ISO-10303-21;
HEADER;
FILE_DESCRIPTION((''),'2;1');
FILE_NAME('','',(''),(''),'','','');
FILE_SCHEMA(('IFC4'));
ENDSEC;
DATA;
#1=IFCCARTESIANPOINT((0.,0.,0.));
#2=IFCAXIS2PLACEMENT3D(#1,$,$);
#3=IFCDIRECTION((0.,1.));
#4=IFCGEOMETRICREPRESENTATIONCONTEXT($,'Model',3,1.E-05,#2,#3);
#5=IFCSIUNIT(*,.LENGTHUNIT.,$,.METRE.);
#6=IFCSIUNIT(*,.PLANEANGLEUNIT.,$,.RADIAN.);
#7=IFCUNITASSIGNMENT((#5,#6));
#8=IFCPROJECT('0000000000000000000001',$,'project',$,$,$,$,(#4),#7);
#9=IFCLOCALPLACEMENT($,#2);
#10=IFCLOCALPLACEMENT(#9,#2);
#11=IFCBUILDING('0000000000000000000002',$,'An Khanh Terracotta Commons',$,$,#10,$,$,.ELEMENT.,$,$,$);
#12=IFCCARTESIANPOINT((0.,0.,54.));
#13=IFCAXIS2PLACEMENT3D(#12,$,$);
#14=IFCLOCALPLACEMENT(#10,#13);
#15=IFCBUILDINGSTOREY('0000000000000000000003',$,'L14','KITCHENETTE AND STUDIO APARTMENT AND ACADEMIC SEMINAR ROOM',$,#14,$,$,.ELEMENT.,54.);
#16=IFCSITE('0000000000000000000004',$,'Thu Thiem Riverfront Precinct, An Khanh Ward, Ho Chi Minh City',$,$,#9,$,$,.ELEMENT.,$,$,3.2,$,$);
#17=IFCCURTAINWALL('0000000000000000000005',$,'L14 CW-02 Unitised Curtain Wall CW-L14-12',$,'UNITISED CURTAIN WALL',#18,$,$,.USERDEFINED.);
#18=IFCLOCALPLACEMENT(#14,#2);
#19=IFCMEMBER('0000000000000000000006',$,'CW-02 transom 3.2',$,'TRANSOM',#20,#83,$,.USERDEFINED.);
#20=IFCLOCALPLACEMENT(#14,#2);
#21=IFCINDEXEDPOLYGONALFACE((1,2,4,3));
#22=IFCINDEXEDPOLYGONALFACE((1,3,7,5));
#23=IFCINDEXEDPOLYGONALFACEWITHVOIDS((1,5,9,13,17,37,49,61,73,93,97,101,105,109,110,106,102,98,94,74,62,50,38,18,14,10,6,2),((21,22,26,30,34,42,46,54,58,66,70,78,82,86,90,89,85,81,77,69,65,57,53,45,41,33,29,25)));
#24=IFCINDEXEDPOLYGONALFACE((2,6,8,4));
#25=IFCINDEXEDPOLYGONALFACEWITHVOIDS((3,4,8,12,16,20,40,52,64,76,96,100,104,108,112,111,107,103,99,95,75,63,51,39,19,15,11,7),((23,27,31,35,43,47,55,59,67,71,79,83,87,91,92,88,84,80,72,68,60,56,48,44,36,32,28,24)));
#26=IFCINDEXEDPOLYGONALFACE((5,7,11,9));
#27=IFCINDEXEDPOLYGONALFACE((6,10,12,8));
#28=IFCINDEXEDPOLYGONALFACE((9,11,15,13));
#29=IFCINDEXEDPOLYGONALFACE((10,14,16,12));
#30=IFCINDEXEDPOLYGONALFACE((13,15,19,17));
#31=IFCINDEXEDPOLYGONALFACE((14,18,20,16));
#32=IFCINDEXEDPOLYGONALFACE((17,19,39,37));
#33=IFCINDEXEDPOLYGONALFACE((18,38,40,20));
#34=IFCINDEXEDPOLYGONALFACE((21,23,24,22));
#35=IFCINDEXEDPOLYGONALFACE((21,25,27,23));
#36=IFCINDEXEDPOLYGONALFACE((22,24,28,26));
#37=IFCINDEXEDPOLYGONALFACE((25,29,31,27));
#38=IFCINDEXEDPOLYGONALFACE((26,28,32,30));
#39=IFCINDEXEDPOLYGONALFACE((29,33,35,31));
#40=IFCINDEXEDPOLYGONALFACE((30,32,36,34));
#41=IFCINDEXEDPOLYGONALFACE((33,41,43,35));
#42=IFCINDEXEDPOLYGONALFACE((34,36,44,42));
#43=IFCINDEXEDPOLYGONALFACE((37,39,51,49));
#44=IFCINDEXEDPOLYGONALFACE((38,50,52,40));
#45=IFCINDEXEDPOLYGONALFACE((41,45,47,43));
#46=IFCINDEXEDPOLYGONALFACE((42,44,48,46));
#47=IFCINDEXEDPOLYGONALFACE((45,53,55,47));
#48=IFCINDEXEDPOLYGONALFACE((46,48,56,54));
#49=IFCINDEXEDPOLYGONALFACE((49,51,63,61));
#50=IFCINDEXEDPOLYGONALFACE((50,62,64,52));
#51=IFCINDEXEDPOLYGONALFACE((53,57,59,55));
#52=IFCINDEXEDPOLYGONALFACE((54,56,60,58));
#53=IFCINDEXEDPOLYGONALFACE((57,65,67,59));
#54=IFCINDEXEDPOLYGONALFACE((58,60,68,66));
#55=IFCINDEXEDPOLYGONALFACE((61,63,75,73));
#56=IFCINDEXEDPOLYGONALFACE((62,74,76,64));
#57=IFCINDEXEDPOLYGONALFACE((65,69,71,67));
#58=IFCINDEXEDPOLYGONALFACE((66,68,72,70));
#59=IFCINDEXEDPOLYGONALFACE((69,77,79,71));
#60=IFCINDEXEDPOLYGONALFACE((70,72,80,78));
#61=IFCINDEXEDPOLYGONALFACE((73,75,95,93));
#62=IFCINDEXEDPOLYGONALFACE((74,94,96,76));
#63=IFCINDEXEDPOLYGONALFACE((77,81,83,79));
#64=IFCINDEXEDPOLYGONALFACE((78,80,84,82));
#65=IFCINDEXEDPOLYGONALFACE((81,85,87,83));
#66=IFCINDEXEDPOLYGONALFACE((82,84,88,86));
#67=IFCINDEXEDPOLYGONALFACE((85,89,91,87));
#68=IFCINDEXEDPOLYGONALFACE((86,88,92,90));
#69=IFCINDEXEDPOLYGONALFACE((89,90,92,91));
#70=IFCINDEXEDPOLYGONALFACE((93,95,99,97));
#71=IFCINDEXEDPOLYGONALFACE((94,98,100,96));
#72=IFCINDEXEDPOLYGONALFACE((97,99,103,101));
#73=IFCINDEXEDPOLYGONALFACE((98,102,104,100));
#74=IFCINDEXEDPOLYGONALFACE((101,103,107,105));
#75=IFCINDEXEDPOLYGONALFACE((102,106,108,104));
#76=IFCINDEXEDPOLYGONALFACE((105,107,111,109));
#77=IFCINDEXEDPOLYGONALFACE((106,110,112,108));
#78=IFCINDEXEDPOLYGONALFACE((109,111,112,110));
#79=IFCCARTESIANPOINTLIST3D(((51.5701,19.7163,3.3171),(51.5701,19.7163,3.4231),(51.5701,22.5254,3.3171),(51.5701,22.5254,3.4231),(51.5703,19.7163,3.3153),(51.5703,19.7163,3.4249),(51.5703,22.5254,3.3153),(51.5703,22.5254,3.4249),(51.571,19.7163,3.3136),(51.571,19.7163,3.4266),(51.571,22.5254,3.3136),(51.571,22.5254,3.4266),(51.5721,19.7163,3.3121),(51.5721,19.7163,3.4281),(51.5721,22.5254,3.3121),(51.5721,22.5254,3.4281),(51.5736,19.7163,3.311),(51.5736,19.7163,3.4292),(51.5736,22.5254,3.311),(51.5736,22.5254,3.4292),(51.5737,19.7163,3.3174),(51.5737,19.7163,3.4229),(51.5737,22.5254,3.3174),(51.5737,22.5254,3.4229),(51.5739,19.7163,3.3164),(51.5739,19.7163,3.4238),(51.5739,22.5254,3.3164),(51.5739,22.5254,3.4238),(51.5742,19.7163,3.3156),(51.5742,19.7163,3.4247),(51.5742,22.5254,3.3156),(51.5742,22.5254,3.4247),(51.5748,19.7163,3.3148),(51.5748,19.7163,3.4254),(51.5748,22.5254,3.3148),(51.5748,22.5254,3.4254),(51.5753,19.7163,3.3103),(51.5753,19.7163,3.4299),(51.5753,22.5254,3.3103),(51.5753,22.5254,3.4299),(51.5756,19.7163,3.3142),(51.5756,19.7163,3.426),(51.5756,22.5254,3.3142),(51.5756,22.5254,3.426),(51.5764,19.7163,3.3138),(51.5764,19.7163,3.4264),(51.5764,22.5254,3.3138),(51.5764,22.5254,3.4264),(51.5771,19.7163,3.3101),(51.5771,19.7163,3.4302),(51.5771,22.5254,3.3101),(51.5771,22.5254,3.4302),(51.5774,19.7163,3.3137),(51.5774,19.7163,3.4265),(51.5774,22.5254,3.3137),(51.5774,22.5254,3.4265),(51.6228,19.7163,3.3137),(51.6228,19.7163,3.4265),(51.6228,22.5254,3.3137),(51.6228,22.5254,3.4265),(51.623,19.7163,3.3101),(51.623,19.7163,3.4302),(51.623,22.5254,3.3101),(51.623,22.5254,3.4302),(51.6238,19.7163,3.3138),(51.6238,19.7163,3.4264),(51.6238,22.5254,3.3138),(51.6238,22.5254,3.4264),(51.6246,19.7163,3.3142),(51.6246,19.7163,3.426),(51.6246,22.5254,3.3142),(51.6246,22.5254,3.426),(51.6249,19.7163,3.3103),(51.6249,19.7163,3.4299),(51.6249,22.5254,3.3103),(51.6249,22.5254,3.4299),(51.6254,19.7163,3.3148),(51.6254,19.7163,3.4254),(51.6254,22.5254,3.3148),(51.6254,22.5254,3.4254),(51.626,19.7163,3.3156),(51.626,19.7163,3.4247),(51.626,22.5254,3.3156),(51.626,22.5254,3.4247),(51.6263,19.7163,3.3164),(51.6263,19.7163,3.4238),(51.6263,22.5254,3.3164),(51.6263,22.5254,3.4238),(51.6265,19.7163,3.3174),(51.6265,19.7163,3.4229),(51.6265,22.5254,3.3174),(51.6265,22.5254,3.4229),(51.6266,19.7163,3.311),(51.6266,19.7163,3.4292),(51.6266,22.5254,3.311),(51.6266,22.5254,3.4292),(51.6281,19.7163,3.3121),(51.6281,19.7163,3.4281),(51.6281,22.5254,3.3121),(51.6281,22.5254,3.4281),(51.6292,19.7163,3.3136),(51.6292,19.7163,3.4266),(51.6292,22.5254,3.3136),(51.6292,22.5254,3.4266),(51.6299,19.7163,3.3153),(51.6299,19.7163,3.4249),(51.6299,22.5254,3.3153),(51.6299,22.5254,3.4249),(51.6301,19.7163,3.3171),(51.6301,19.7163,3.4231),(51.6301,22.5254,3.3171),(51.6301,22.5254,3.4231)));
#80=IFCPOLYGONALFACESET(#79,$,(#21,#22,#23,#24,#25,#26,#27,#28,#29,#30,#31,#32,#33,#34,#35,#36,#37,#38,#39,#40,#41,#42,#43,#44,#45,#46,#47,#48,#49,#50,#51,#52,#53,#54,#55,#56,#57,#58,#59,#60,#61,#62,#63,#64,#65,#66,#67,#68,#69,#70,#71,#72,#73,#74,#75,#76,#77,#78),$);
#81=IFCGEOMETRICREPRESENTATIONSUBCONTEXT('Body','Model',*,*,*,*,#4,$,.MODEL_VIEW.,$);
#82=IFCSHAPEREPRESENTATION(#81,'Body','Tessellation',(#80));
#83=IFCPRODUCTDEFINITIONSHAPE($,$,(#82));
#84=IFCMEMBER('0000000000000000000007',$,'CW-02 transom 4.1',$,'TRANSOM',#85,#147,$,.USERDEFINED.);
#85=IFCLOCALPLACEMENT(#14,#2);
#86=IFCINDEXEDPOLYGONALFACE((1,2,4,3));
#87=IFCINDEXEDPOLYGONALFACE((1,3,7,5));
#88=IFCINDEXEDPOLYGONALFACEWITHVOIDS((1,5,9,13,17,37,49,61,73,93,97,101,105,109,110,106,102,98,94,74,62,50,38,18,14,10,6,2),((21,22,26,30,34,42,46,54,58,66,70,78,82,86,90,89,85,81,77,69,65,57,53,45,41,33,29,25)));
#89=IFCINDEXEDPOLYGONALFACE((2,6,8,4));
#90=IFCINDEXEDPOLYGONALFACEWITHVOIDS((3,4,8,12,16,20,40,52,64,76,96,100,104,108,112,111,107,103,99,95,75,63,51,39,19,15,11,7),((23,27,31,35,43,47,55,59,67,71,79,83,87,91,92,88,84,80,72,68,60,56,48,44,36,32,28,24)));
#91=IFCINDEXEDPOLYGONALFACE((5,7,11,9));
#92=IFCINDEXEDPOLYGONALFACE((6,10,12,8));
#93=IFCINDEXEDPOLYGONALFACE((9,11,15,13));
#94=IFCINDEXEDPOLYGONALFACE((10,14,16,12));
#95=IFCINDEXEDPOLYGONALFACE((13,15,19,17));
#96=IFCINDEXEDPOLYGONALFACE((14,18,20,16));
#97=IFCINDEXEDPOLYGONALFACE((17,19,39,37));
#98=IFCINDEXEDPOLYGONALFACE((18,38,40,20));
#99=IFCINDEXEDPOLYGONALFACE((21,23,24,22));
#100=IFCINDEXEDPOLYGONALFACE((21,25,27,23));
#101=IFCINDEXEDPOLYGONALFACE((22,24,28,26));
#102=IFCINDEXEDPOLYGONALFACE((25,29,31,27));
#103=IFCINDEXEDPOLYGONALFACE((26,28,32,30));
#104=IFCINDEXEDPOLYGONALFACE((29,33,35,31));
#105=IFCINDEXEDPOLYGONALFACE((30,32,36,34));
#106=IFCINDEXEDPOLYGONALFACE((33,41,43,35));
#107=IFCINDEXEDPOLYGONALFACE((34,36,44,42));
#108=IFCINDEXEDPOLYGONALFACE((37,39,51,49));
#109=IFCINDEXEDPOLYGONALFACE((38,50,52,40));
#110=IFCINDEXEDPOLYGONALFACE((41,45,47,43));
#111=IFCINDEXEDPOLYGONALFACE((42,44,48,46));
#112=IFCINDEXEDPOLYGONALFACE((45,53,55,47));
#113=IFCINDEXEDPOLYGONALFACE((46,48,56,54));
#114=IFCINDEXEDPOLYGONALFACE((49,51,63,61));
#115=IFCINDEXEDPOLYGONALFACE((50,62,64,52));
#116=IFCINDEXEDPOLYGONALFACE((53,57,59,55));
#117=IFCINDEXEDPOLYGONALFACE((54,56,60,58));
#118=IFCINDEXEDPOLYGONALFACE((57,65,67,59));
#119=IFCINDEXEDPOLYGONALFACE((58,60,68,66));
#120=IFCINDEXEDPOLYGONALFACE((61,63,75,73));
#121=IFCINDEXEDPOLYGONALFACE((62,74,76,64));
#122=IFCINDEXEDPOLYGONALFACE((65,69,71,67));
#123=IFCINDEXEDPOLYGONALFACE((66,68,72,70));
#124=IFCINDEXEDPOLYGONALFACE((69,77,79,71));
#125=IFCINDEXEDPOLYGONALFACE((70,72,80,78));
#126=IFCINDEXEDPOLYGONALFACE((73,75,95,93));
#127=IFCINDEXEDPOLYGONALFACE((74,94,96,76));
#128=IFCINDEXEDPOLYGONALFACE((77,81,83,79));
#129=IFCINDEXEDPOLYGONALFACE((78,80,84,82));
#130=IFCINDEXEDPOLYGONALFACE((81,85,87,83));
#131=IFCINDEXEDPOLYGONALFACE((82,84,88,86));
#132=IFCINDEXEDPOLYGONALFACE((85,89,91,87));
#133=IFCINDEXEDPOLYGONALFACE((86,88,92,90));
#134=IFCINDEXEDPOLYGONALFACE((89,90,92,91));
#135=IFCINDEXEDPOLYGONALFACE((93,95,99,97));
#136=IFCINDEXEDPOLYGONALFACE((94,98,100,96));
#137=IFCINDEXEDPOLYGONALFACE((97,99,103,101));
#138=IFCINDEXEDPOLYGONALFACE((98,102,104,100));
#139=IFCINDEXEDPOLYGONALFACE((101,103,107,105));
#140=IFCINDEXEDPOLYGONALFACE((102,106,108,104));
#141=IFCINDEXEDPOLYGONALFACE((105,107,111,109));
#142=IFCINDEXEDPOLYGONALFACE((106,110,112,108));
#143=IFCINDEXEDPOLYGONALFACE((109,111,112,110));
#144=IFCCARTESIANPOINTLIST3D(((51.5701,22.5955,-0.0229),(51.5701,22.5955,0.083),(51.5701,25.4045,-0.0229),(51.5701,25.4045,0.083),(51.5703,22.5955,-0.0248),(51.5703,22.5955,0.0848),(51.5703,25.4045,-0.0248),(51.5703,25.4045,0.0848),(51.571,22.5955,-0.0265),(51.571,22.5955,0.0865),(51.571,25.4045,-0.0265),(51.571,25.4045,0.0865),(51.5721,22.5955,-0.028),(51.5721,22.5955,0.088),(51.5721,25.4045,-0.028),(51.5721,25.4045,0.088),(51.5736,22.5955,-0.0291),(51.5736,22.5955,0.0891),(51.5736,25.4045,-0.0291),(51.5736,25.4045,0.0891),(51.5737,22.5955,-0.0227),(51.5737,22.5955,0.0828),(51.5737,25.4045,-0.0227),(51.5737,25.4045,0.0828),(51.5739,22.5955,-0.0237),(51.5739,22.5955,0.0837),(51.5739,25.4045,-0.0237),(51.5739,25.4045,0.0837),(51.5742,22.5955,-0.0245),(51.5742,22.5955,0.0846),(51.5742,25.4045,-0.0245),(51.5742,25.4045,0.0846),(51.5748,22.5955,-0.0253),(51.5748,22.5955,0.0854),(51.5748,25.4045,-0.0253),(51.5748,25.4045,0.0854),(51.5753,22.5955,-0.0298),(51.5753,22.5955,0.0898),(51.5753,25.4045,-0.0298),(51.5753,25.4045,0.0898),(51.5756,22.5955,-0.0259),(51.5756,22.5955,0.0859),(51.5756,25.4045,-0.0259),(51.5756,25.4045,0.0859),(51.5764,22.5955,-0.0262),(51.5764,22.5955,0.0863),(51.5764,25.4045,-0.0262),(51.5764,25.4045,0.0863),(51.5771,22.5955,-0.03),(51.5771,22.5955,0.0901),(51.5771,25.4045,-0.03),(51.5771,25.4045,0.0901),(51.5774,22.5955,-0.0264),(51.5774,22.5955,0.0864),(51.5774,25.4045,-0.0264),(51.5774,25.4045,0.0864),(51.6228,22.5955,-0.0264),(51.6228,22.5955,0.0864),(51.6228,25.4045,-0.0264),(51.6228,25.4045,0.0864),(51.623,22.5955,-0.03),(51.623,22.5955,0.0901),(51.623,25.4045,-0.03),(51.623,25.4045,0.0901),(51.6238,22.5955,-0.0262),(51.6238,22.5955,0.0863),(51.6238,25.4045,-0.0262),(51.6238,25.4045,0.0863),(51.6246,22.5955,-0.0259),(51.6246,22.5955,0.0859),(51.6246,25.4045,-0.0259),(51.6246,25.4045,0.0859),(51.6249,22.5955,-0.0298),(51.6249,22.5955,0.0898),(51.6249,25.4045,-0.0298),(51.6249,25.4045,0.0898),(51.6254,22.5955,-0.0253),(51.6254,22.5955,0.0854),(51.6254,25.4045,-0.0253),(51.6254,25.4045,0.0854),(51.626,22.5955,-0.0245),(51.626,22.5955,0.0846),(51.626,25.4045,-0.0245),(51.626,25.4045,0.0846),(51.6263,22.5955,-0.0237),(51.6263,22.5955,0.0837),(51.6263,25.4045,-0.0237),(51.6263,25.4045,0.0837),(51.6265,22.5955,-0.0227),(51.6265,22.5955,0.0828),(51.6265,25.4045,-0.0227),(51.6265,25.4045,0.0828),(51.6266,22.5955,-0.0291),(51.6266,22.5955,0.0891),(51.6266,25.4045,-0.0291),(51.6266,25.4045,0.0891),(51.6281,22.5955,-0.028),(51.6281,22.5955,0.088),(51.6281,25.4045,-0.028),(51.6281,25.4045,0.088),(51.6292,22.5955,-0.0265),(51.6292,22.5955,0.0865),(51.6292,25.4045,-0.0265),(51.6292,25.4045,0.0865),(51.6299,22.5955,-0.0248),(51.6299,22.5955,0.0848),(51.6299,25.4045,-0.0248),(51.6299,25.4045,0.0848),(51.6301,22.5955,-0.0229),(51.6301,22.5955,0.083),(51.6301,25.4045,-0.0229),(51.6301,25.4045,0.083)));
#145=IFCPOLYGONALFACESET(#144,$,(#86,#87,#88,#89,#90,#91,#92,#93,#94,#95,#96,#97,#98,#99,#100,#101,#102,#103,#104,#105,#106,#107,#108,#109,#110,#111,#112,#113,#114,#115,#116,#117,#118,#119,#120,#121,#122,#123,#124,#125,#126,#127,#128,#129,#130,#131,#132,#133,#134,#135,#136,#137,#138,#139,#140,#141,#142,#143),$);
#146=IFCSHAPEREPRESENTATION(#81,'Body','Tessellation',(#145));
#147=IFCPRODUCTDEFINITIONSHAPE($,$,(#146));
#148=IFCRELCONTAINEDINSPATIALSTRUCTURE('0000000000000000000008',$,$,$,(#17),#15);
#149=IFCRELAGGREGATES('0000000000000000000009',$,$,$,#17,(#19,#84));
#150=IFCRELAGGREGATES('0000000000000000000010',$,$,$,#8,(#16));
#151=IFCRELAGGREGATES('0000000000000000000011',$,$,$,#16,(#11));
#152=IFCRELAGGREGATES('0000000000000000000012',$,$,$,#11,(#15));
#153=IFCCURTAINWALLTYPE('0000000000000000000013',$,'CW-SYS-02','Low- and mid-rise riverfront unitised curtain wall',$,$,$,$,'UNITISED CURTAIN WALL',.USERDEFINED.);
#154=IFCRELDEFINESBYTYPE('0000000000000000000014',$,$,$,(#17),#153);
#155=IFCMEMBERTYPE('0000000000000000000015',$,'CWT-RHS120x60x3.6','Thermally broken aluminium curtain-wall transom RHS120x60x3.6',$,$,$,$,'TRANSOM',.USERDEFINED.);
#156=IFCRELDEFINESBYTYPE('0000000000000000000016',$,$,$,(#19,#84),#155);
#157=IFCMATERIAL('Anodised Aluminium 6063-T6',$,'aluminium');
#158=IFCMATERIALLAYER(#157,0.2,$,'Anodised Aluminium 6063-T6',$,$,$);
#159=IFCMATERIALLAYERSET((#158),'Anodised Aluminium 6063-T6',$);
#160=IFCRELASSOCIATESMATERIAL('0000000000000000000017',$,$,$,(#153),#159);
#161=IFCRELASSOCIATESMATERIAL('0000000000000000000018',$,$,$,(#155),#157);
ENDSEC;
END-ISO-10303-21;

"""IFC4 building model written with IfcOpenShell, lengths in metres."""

from ifc_helpers import new_model, si_unit, direction, frame, origin, origin_2d, place, context, subcontext, project, spatial, hollow_rectangle, extrude, material, layer, layer_set, material_profile, profile_set, type_object, element, aggregate, save


model = new_model("IFC4")

# Units and contexts
model_context = context("Model", 3, precision=1e-05, world=origin(), true_north=direction((0.0, 1.0)))
body_context = subcontext(model_context, "Body", "Model", "MODEL_VIEW")
ifc_project = project(units=[si_unit("LENGTHUNIT", "METRE"), si_unit("PLANEANGLEUNIT", "RADIAN")], contexts=[model_context])

# Site, building, storey
site_placement = place(None, origin())
site = spatial("IfcSite", under=ifc_project, at=site_placement, Name="Thu Thiem Riverfront Precinct, An Khanh Ward, Ho Chi Minh City", CompositionType="ELEMENT", RefElevation=3.2)
building_placement = place(site_placement, origin())
building = spatial("IfcBuilding", under=site, at=building_placement, Name="An Khanh Terracotta Commons", CompositionType="ELEMENT")
storey_placement = place(building_placement, frame((0.0, 0.0, 54.0)))
storey = spatial("IfcBuildingStorey", under=building, at=storey_placement, Name="L14", Description="KITCHENETTE AND STUDIO APARTMENT AND ACADEMIC SEMINAR ROOM", CompositionType="ELEMENT", Elevation=54.0)

# Curtain wall, members
ifc_material_1 = material(Name="Anodised Aluminium 6063-T6", Category="aluminium")
ifc_layer_1 = layer(ifc_material_1, 0.2, Name="Anodised Aluminium 6063-T6")
ifc_layer_set_1 = layer_set([ifc_layer_1], Name="Anodised Aluminium 6063-T6")
curtain_wall_type = type_object("IfcCurtainWallType", Name="CW-SYS-02", Description="Low- and mid-rise riverfront unitised curtain wall", ElementType="UNITISED CURTAIN WALL", PredefinedType="USERDEFINED", material=ifc_layer_set_1)
curtain_wall_placement = place(storey_placement, origin())
curtain_wall = element("IfcCurtainWall", 1, at=curtain_wall_placement, inside=storey, type_object=curtain_wall_type, Name="L14 CW-02 Unitised Curtain Wall CW-L14-12", ObjectType="UNITISED CURTAIN WALL", PredefinedType="USERDEFINED")
ifc_material_profile_1 = material_profile(ifc_material_1, hollow_rectangle(XDim=0.0601, YDim=0.1201, WallThickness=0.0037, InnerFilletRadius=0.0037, OuterFilletRadius=0.0071, at=origin_2d()), Name="RHS120x60x3.6")
ifc_profile_set_1 = profile_set([ifc_material_profile_1], Name="Anodised Aluminium 6063-T6")
member_type_1 = type_object("IfcMemberType", Name="CWT-RHS120x60x3.6", Description="Thermally broken aluminium curtain-wall transom RHS120x60x3.6", ElementType="TRANSOM", PredefinedType="USERDEFINED", material=ifc_profile_set_1)
member_1_placement = place(storey_placement, frame((51.6001, 19.7163, 3.3701), z_axis=(0.0, 1.0, 0.0), x_axis=(-1.0, 0.0, 0.0)))
member_1 = element("IfcMember", 2, at=member_1_placement, type_object=member_type_1, Name="CW-02 transom 3.2", ObjectType="TRANSOM", PredefinedType="USERDEFINED", context=body_context, shape_type="SweptSolid", body=[
    extrude(hollow_rectangle(XDim=0.0601, YDim=0.1201, WallThickness=0.0037, InnerFilletRadius=0.0037, OuterFilletRadius=0.0071, at=origin_2d()), origin(), (0.0, 0.0, 1.0), 2.8091),
])
member_2_placement = place(storey_placement, frame((51.6001, 22.5955, 0.03), z_axis=(0.0, 1.0, 0.0), x_axis=(-1.0, 0.0, 0.0)))
member_2 = element("IfcMember", 3, at=member_2_placement, type_object=member_type_1, Name="CW-02 transom 4.1", ObjectType="TRANSOM", PredefinedType="USERDEFINED", context=body_context, shape_type="SweptSolid", body=[
    extrude(hollow_rectangle(XDim=0.0601, YDim=0.1201, WallThickness=0.0037, InnerFilletRadius=0.0037, OuterFilletRadius=0.0071, at=origin_2d()), origin(), (0.0, 0.0, 1.0), 2.8091),
])
aggregate(curtain_wall, [member_1, member_2])

save(model, "model.ifc")
